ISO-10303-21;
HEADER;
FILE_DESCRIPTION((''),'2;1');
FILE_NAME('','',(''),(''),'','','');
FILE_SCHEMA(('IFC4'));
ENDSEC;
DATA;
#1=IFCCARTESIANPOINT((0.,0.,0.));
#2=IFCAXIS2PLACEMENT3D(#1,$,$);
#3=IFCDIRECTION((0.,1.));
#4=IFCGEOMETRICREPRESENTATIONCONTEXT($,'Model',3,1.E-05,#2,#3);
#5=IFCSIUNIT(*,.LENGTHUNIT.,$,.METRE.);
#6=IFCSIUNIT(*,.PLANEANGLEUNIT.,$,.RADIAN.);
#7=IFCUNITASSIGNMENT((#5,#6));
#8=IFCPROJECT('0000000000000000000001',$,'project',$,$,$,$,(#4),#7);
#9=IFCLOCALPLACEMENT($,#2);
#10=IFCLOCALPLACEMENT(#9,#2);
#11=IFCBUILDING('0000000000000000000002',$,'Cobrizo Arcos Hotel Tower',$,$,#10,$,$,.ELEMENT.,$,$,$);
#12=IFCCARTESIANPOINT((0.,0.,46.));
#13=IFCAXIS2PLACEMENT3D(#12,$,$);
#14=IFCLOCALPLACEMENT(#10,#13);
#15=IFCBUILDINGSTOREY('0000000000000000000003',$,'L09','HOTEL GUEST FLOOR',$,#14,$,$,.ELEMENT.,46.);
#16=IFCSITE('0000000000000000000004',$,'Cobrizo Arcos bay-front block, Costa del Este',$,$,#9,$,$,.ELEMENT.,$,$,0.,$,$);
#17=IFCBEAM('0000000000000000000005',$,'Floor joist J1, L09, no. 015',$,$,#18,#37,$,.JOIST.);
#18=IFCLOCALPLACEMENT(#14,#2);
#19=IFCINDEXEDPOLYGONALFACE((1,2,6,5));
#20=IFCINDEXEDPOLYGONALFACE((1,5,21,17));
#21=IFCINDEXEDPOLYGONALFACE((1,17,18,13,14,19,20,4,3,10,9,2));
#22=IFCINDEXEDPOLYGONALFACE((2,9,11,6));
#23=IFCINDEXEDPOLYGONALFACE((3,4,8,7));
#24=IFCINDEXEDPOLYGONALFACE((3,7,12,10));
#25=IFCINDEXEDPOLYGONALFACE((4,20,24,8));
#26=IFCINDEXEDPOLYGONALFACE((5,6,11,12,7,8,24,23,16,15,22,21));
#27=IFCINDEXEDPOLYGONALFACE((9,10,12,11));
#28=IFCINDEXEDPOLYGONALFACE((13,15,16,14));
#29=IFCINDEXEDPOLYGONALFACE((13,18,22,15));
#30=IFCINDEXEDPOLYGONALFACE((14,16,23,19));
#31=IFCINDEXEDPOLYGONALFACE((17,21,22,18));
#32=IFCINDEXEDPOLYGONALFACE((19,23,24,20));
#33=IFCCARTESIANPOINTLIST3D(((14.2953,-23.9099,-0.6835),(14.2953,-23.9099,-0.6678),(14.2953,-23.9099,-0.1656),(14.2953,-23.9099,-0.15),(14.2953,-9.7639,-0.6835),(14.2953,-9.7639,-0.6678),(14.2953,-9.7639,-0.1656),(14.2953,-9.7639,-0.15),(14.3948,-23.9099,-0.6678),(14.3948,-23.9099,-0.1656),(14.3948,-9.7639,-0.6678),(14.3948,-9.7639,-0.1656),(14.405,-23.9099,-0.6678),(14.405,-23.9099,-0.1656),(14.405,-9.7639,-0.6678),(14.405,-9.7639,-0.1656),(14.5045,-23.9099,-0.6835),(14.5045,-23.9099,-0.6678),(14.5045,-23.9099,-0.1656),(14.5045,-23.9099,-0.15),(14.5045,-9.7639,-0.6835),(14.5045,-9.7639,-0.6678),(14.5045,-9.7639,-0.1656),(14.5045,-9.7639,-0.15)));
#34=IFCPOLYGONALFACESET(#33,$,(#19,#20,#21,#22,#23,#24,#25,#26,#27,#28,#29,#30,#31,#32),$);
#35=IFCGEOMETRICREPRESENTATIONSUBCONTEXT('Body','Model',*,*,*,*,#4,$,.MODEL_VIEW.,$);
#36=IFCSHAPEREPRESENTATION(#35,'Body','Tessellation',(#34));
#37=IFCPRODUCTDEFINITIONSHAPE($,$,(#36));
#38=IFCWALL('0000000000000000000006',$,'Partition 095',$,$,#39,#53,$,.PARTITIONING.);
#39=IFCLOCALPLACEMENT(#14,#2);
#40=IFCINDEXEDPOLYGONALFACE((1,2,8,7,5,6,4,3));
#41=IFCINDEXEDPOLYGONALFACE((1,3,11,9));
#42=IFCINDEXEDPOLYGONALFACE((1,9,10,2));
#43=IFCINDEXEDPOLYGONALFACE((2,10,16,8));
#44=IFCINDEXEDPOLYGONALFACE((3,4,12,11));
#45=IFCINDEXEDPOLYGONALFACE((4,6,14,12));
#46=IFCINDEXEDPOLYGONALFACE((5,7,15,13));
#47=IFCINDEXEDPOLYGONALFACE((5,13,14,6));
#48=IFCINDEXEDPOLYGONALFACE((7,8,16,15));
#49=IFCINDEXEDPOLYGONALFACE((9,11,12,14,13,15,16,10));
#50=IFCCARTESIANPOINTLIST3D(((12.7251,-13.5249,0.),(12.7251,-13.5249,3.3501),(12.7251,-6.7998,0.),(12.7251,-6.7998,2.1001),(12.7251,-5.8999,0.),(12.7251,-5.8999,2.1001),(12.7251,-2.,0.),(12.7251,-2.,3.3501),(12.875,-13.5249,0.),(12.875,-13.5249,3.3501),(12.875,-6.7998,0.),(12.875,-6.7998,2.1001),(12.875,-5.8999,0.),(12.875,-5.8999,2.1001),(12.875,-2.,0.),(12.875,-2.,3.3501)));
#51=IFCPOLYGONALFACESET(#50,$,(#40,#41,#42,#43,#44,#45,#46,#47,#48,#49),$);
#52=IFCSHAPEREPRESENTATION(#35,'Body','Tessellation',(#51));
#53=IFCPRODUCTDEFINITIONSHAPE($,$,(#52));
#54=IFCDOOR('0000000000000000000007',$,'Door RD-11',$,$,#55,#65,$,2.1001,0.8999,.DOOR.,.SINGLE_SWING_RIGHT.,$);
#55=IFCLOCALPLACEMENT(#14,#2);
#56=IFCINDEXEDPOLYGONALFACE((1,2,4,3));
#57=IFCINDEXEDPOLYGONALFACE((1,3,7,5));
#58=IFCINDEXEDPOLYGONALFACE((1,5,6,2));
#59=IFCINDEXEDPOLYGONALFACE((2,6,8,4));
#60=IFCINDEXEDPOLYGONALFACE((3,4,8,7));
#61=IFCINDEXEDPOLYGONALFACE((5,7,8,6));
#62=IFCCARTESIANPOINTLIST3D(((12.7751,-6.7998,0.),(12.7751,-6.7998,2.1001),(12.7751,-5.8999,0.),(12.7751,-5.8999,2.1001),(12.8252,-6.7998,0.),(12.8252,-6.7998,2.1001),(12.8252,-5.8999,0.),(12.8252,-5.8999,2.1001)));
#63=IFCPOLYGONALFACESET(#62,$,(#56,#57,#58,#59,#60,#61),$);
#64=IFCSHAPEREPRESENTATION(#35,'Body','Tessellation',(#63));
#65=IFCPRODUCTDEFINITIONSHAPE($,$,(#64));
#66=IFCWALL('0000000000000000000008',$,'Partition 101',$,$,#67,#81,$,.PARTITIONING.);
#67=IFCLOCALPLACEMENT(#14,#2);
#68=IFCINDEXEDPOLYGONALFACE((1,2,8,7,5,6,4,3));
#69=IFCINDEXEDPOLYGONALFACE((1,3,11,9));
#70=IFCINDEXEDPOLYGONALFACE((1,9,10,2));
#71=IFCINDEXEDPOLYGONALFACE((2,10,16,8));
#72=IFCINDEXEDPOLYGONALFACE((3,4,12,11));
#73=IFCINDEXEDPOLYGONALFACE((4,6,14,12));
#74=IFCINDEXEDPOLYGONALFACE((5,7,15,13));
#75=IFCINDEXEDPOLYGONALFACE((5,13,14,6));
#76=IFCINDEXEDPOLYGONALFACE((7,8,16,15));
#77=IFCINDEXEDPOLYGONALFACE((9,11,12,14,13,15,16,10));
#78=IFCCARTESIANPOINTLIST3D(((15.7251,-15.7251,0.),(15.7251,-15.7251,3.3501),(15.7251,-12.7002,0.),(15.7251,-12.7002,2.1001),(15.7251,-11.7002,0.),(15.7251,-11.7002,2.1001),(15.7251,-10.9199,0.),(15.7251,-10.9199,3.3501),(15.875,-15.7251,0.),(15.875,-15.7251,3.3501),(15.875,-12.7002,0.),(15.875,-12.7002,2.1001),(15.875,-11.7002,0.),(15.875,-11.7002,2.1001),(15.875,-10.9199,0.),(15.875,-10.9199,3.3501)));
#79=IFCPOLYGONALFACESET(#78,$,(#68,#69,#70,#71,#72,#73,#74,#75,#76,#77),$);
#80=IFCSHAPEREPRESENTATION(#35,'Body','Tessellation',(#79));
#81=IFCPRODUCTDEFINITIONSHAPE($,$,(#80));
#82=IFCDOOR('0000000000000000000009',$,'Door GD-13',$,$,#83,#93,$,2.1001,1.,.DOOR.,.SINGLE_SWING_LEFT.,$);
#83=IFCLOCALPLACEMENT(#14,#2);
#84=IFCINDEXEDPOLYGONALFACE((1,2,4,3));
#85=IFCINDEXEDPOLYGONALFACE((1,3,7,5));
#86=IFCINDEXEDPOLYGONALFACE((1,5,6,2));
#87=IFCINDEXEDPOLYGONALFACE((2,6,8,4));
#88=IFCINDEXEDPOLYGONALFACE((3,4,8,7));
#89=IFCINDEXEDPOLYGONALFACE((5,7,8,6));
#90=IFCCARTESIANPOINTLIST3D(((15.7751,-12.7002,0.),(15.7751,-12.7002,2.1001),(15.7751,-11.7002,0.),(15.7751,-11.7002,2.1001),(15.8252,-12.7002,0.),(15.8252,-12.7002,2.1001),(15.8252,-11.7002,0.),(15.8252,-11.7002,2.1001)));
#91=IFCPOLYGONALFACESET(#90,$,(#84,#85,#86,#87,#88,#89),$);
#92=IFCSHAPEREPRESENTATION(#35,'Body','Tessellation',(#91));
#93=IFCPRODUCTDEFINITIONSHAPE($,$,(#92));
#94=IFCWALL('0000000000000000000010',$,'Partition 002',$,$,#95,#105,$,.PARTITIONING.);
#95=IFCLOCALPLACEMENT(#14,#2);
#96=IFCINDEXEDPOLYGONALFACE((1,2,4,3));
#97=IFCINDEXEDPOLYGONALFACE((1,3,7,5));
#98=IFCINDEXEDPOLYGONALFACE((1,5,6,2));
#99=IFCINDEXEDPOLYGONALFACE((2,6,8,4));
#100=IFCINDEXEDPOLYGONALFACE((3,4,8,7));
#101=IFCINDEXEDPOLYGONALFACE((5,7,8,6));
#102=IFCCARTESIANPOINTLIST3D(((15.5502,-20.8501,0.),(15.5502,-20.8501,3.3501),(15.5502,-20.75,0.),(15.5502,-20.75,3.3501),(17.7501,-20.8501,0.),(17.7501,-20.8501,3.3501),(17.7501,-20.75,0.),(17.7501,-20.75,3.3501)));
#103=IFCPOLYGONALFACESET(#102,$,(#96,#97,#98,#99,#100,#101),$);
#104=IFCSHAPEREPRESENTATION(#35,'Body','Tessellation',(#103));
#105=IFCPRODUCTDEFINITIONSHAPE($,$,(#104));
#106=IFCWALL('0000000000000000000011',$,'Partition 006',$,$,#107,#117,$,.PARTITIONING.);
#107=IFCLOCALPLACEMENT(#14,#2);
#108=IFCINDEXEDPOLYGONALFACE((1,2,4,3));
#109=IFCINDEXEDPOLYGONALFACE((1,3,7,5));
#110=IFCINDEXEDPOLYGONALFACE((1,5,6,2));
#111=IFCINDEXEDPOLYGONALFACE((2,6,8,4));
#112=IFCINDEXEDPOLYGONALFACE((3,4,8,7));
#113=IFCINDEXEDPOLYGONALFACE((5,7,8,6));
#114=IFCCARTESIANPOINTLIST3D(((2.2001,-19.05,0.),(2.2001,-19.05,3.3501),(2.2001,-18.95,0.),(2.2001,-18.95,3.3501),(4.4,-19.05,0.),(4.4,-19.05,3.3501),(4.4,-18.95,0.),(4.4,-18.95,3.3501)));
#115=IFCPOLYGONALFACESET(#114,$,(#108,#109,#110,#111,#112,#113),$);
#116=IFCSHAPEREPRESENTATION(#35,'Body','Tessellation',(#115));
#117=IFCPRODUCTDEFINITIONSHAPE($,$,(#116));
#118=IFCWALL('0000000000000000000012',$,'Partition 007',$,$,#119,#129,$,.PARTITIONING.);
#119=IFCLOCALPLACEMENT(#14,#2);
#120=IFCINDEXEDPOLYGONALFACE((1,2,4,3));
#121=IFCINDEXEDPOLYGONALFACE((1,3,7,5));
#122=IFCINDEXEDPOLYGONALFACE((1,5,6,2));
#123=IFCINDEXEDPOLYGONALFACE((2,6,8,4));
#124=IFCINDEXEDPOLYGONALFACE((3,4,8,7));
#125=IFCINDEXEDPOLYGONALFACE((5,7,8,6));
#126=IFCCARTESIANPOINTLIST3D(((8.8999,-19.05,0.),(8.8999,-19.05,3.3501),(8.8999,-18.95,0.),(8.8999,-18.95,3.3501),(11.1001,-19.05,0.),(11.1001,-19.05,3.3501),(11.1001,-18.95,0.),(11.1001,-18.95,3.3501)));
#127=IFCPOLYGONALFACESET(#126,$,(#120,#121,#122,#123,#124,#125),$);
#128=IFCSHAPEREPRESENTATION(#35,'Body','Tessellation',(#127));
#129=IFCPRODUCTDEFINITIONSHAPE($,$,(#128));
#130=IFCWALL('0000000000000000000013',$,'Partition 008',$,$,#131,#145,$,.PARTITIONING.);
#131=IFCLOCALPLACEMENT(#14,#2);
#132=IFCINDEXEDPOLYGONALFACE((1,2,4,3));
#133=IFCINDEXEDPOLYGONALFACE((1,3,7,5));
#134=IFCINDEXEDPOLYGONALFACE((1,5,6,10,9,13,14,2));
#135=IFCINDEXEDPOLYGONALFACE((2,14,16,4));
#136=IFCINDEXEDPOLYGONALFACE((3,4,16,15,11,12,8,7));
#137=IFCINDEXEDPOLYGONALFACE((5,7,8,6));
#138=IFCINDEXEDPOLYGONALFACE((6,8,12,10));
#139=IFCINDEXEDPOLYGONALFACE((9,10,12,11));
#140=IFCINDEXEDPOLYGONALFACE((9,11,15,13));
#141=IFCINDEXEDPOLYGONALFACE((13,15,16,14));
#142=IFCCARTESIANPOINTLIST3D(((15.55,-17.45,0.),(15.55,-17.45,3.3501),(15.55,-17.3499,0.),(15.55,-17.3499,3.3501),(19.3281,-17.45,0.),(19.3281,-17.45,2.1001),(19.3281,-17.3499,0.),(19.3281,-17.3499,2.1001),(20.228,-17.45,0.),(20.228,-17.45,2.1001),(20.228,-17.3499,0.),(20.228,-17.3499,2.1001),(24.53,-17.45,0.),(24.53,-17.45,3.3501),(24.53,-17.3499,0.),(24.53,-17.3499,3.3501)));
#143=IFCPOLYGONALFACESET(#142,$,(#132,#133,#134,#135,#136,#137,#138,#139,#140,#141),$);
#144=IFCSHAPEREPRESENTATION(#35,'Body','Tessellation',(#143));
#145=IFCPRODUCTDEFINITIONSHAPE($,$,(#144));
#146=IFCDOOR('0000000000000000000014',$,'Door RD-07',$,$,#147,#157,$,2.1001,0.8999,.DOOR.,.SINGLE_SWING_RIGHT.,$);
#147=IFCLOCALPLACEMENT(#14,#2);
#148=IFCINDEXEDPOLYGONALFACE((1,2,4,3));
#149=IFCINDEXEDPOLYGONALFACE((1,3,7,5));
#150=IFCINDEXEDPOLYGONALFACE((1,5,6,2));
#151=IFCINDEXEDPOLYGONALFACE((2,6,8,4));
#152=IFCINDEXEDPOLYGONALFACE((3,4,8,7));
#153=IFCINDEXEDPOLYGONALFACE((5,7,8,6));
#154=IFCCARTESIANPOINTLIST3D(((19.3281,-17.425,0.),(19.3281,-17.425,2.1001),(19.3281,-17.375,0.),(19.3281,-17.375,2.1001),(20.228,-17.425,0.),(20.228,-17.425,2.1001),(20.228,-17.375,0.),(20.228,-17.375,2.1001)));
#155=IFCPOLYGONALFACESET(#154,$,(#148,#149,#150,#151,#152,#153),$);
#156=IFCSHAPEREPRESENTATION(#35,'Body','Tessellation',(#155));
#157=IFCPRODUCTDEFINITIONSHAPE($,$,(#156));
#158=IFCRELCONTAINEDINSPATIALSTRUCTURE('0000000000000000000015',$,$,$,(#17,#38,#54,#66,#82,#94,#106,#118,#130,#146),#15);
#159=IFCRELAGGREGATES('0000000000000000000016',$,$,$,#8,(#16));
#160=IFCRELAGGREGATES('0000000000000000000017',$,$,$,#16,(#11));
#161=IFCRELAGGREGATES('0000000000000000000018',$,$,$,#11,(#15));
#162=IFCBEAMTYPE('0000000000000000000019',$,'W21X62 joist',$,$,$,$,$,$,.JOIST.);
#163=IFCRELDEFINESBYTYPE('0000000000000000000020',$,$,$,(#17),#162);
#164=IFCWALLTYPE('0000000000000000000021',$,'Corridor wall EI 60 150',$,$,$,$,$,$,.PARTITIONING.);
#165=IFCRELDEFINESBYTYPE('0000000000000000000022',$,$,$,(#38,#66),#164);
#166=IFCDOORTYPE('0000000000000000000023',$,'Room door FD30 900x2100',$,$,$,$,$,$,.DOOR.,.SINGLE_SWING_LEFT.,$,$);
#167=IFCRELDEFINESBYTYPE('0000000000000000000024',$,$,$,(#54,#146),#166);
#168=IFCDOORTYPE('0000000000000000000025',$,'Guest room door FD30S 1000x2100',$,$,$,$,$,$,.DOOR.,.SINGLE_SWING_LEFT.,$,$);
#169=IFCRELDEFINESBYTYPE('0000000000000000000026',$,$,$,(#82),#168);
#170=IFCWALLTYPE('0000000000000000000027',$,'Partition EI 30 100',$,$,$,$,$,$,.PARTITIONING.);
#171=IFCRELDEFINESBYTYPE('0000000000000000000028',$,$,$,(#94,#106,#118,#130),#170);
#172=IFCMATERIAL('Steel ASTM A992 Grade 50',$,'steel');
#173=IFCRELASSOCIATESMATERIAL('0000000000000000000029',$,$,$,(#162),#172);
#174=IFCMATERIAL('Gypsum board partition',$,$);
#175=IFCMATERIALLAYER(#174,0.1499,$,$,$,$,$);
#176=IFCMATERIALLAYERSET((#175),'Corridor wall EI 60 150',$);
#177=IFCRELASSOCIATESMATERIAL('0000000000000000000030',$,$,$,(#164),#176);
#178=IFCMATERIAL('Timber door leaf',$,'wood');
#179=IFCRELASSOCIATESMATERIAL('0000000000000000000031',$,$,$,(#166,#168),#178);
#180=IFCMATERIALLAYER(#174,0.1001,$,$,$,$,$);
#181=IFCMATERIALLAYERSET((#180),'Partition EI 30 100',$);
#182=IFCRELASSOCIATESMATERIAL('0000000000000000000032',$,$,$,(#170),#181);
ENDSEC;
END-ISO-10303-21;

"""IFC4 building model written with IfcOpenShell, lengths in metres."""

from ifc_helpers import new_model, si_unit, direction, frame, frame_2d, origin, origin_2d, place, context, subcontext, project, spatial, rectangle, i_section, extrude, material, layer, layer_set, material_profile, profile_set, type_object, element, fill, save


model = new_model("IFC4")

# Units and contexts
model_context = context("Model", 3, precision=1e-05, world=origin(), true_north=direction((0.0, 1.0)))
body_context = subcontext(model_context, "Body", "Model", "MODEL_VIEW")
ifc_project = project(units=[si_unit("LENGTHUNIT", "METRE"), si_unit("PLANEANGLEUNIT", "RADIAN")], contexts=[model_context])

# Site, building, storey
site_placement = place(None, origin())
site = spatial("IfcSite", under=ifc_project, at=site_placement, Name="Cobrizo Arcos bay-front block, Costa del Este", CompositionType="ELEMENT", RefElevation=0.0)
building_placement = place(site_placement, origin())
building = spatial("IfcBuilding", under=site, at=building_placement, Name="Cobrizo Arcos Hotel Tower", CompositionType="ELEMENT")
storey_placement = place(building_placement, frame((0.0, 0.0, 46.0)))
storey = spatial("IfcBuildingStorey", under=building, at=storey_placement, Name="L09", Description="HOTEL GUEST FLOOR", CompositionType="ELEMENT", Elevation=46.0)

# Beam
ifc_material_1 = material(Name="Steel ASTM A992 Grade 50", Category="steel")
ifc_material_profile = material_profile(ifc_material_1, i_section(OverallWidth=0.2092, OverallDepth=0.5334, WebThickness=0.0103, FlangeThickness=0.0156, at=origin_2d()), Name="W21X62")
ifc_profile_set = profile_set([ifc_material_profile], Name="Steel ASTM A992 Grade 50")
beam_type = type_object("IfcBeamType", Name="W21X62 joist", PredefinedType="JOIST", material=ifc_profile_set)
beam_placement = place(storey_placement, frame((14.3999, -23.9099, -0.4167), z_axis=(0.0, 1.0, 0.0), x_axis=(-1.0, 0.0, 0.0)))
element("IfcBeam", 1, at=beam_placement, inside=storey, type_object=beam_type, Name="Floor joist J1, L09, no. 015", PredefinedType="JOIST", context=body_context, shape_type="SweptSolid", body=[
    extrude(i_section(OverallWidth=0.2092, OverallDepth=0.5334, WebThickness=0.0103, FlangeThickness=0.0156, at=origin_2d()), origin(), (0.0, 0.0, 1.0), 14.146),
])

# Walls, openings, doors
ifc_material_2 = material(Name="Gypsum board partition")
ifc_layer_1 = layer(ifc_material_2, 0.1499)
ifc_layer_set_1 = layer_set([ifc_layer_1], Name="Corridor wall EI 60 150")
wall_type_1 = type_object("IfcWallType", Name="Corridor wall EI 60 150", PredefinedType="PARTITIONING", material=ifc_layer_set_1)
wall_1_placement = place(storey_placement, frame((12.8, -13.5249, 0.0), z_axis=(0.0, 0.0, 1.0), x_axis=(0.0, 1.0, 0.0)))
wall_1 = element("IfcWall", 2, at=wall_1_placement, inside=storey, type_object=wall_type_1, Name="Partition 095", PredefinedType="PARTITIONING", context=body_context, shape_type="SweptSolid", body=[
    extrude(rectangle(XDim=11.5249, YDim=0.1499, at=frame_2d((5.7625, 0.0))), origin(), (0.0, 0.0, 1.0), 3.3501),
])
opening_1_placement = place(wall_1_placement, frame((6.7251, 0.0, 0.0)))
opening_1 = element("IfcOpeningElement", 3, at=opening_1_placement, cuts=wall_1, PredefinedType="OPENING", context=body_context, shape_type="SweptSolid", body=[
    extrude(rectangle(XDim=0.8999, YDim=2.1001, at=frame_2d((0.45, 1.05))), frame((0.0, 0.0869, 0.0), z_axis=(0.0, -1.0, 0.0), x_axis=(1.0, 0.0, 0.0)), (0.0, 0.0, 1.0), 0.1738),
])
ifc_material_3 = material(Name="Timber door leaf", Category="wood")
door_type_1 = type_object("IfcDoorType", Name="Room door FD30 900x2100", OperationType="SINGLE_SWING_LEFT", PredefinedType="DOOR", material=ifc_material_3)
door_1_placement = place(opening_1_placement, origin())
door_1 = element("IfcDoor", 4, at=door_1_placement, inside=storey, type_object=door_type_1, Name="Door RD-11", OperationType="SINGLE_SWING_RIGHT", OverallHeight=2.1001, OverallWidth=0.8999, PredefinedType="DOOR", context=body_context, shape_type="SweptSolid", body=[
    extrude(rectangle(XDim=0.8999, YDim=2.1001, at=frame_2d((0.45, 1.05))), frame((0.0, 0.0249, 0.0), z_axis=(0.0, -1.0, 0.0), x_axis=(1.0, 0.0, 0.0)), (0.0, 0.0, 1.0), 0.05),
])
fill(opening_1, door_1)
wall_2_placement = place(storey_placement, frame((15.8, -15.7251, 0.0), z_axis=(0.0, 0.0, 1.0), x_axis=(0.0, 1.0, 0.0)))
wall_2 = element("IfcWall", 5, at=wall_2_placement, inside=storey, type_object=wall_type_1, Name="Partition 101", PredefinedType="PARTITIONING", context=body_context, shape_type="SweptSolid", body=[
    extrude(rectangle(XDim=4.8052, YDim=0.1499, at=frame_2d((2.4026, 0.0))), origin(), (0.0, 0.0, 1.0), 3.3501),
])
opening_2_placement = place(wall_2_placement, frame((3.0249, 0.0, 0.0)))
opening_2 = element("IfcOpeningElement", 6, at=opening_2_placement, cuts=wall_2, PredefinedType="OPENING", context=body_context, shape_type="SweptSolid", body=[
    extrude(rectangle(XDim=1.0, YDim=2.1001, at=frame_2d((0.5, 1.05))), frame((0.0, 0.0869, 0.0), z_axis=(0.0, -1.0, 0.0), x_axis=(1.0, 0.0, 0.0)), (0.0, 0.0, 1.0), 0.1738),
])
door_type_2 = type_object("IfcDoorType", Name="Guest room door FD30S 1000x2100", OperationType="SINGLE_SWING_LEFT", PredefinedType="DOOR", material=ifc_material_3)
door_2_placement = place(opening_2_placement, origin())
door_2 = element("IfcDoor", 7, at=door_2_placement, inside=storey, type_object=door_type_2, Name="Door GD-13", OperationType="SINGLE_SWING_LEFT", OverallHeight=2.1001, OverallWidth=1.0, PredefinedType="DOOR", context=body_context, shape_type="SweptSolid", body=[
    extrude(rectangle(XDim=1.0, YDim=2.1001, at=frame_2d((0.5, 1.05))), frame((0.0, 0.0249, 0.0), z_axis=(0.0, -1.0, 0.0), x_axis=(1.0, 0.0, 0.0)), (0.0, 0.0, 1.0), 0.05),
])
fill(opening_2, door_2)

# Walls
ifc_layer_2 = layer(ifc_material_2, 0.1001)
ifc_layer_set_2 = layer_set([ifc_layer_2], Name="Partition EI 30 100")
wall_type_2 = type_object("IfcWallType", Name="Partition EI 30 100", PredefinedType="PARTITIONING", material=ifc_layer_set_2)
for number, where, z_axis, x_axis, name in (
    (8, (15.55, -20.8, 0.0), (0.0, 0.0, 1.0), (1.0, 0.0, 0.0), "Partition 002"),
    (9, (2.2, -19.0, 0.0), (0.0, 0.0, 1.0), (1.0, 0.0, 0.0), "Partition 006"),
):
    element("IfcWall", number, at=place(storey_placement, frame(where, z_axis=z_axis, x_axis=x_axis)), inside=storey, type_object=wall_type_2, Name=name, PredefinedType="PARTITIONING", context=body_context, shape_type="SweptSolid", body=[
        extrude(rectangle(XDim=2.2, YDim=0.1001, at=frame_2d((1.1001, 0.0))), origin(), (0.0, 0.0, 1.0), 3.3501),
    ])
wall_3_placement = place(storey_placement, frame((8.8999, -19.0, 0.0), z_axis=(0.0, 0.0, 1.0), x_axis=(1.0, 0.0, 0.0)))
element("IfcWall", 10, at=wall_3_placement, inside=storey, type_object=wall_type_2, Name="Partition 007", PredefinedType="PARTITIONING", context=body_context, shape_type="SweptSolid", body=[
    extrude(rectangle(XDim=2.2002, YDim=0.1001, at=frame_2d((1.1001, 0.0))), origin(), (0.0, 0.0, 1.0), 3.3501),
])

# Wall, opening, door
wall_4_placement = place(storey_placement, frame((15.55, -17.3999, 0.0), z_axis=(0.0, 0.0, 1.0), x_axis=(1.0, 0.0, 0.0)))
wall_4 = element("IfcWall", 11, at=wall_4_placement, inside=storey, type_object=wall_type_2, Name="Partition 008", PredefinedType="PARTITIONING", context=body_context, shape_type="SweptSolid", body=[
    extrude(rectangle(XDim=8.98, YDim=0.1001, at=frame_2d((4.49, 0.0))), origin(), (0.0, 0.0, 1.0), 3.3501),
])
opening_3_placement = place(wall_4_placement, frame((3.7781, 0.0, 0.0)))
opening_3 = element("IfcOpeningElement", 12, at=opening_3_placement, cuts=wall_4, PredefinedType="OPENING", context=body_context, shape_type="SweptSolid", body=[
    extrude(rectangle(XDim=0.8999, YDim=2.1001, at=frame_2d((0.45, 1.05))), frame((0.0, 0.062, 0.0), z_axis=(0.0, -1.0, 0.0), x_axis=(1.0, 0.0, 0.0)), (0.0, 0.0, 1.0), 0.124),
])
door_3_placement = place(opening_3_placement, origin())
door_3 = element("IfcDoor", 13, at=door_3_placement, inside=storey, type_object=door_type_1, Name="Door RD-07", OperationType="SINGLE_SWING_RIGHT", OverallHeight=2.1001, OverallWidth=0.8999, PredefinedType="DOOR", context=body_context, shape_type="SweptSolid", body=[
    extrude(rectangle(XDim=0.8999, YDim=2.1001, at=frame_2d((0.45, 1.05))), frame((0.0, 0.0249, 0.0), z_axis=(0.0, -1.0, 0.0), x_axis=(1.0, 0.0, 0.0)), (0.0, 0.0, 1.0), 0.05),
])
fill(opening_3, door_3)

save(model, "model.ifc")
